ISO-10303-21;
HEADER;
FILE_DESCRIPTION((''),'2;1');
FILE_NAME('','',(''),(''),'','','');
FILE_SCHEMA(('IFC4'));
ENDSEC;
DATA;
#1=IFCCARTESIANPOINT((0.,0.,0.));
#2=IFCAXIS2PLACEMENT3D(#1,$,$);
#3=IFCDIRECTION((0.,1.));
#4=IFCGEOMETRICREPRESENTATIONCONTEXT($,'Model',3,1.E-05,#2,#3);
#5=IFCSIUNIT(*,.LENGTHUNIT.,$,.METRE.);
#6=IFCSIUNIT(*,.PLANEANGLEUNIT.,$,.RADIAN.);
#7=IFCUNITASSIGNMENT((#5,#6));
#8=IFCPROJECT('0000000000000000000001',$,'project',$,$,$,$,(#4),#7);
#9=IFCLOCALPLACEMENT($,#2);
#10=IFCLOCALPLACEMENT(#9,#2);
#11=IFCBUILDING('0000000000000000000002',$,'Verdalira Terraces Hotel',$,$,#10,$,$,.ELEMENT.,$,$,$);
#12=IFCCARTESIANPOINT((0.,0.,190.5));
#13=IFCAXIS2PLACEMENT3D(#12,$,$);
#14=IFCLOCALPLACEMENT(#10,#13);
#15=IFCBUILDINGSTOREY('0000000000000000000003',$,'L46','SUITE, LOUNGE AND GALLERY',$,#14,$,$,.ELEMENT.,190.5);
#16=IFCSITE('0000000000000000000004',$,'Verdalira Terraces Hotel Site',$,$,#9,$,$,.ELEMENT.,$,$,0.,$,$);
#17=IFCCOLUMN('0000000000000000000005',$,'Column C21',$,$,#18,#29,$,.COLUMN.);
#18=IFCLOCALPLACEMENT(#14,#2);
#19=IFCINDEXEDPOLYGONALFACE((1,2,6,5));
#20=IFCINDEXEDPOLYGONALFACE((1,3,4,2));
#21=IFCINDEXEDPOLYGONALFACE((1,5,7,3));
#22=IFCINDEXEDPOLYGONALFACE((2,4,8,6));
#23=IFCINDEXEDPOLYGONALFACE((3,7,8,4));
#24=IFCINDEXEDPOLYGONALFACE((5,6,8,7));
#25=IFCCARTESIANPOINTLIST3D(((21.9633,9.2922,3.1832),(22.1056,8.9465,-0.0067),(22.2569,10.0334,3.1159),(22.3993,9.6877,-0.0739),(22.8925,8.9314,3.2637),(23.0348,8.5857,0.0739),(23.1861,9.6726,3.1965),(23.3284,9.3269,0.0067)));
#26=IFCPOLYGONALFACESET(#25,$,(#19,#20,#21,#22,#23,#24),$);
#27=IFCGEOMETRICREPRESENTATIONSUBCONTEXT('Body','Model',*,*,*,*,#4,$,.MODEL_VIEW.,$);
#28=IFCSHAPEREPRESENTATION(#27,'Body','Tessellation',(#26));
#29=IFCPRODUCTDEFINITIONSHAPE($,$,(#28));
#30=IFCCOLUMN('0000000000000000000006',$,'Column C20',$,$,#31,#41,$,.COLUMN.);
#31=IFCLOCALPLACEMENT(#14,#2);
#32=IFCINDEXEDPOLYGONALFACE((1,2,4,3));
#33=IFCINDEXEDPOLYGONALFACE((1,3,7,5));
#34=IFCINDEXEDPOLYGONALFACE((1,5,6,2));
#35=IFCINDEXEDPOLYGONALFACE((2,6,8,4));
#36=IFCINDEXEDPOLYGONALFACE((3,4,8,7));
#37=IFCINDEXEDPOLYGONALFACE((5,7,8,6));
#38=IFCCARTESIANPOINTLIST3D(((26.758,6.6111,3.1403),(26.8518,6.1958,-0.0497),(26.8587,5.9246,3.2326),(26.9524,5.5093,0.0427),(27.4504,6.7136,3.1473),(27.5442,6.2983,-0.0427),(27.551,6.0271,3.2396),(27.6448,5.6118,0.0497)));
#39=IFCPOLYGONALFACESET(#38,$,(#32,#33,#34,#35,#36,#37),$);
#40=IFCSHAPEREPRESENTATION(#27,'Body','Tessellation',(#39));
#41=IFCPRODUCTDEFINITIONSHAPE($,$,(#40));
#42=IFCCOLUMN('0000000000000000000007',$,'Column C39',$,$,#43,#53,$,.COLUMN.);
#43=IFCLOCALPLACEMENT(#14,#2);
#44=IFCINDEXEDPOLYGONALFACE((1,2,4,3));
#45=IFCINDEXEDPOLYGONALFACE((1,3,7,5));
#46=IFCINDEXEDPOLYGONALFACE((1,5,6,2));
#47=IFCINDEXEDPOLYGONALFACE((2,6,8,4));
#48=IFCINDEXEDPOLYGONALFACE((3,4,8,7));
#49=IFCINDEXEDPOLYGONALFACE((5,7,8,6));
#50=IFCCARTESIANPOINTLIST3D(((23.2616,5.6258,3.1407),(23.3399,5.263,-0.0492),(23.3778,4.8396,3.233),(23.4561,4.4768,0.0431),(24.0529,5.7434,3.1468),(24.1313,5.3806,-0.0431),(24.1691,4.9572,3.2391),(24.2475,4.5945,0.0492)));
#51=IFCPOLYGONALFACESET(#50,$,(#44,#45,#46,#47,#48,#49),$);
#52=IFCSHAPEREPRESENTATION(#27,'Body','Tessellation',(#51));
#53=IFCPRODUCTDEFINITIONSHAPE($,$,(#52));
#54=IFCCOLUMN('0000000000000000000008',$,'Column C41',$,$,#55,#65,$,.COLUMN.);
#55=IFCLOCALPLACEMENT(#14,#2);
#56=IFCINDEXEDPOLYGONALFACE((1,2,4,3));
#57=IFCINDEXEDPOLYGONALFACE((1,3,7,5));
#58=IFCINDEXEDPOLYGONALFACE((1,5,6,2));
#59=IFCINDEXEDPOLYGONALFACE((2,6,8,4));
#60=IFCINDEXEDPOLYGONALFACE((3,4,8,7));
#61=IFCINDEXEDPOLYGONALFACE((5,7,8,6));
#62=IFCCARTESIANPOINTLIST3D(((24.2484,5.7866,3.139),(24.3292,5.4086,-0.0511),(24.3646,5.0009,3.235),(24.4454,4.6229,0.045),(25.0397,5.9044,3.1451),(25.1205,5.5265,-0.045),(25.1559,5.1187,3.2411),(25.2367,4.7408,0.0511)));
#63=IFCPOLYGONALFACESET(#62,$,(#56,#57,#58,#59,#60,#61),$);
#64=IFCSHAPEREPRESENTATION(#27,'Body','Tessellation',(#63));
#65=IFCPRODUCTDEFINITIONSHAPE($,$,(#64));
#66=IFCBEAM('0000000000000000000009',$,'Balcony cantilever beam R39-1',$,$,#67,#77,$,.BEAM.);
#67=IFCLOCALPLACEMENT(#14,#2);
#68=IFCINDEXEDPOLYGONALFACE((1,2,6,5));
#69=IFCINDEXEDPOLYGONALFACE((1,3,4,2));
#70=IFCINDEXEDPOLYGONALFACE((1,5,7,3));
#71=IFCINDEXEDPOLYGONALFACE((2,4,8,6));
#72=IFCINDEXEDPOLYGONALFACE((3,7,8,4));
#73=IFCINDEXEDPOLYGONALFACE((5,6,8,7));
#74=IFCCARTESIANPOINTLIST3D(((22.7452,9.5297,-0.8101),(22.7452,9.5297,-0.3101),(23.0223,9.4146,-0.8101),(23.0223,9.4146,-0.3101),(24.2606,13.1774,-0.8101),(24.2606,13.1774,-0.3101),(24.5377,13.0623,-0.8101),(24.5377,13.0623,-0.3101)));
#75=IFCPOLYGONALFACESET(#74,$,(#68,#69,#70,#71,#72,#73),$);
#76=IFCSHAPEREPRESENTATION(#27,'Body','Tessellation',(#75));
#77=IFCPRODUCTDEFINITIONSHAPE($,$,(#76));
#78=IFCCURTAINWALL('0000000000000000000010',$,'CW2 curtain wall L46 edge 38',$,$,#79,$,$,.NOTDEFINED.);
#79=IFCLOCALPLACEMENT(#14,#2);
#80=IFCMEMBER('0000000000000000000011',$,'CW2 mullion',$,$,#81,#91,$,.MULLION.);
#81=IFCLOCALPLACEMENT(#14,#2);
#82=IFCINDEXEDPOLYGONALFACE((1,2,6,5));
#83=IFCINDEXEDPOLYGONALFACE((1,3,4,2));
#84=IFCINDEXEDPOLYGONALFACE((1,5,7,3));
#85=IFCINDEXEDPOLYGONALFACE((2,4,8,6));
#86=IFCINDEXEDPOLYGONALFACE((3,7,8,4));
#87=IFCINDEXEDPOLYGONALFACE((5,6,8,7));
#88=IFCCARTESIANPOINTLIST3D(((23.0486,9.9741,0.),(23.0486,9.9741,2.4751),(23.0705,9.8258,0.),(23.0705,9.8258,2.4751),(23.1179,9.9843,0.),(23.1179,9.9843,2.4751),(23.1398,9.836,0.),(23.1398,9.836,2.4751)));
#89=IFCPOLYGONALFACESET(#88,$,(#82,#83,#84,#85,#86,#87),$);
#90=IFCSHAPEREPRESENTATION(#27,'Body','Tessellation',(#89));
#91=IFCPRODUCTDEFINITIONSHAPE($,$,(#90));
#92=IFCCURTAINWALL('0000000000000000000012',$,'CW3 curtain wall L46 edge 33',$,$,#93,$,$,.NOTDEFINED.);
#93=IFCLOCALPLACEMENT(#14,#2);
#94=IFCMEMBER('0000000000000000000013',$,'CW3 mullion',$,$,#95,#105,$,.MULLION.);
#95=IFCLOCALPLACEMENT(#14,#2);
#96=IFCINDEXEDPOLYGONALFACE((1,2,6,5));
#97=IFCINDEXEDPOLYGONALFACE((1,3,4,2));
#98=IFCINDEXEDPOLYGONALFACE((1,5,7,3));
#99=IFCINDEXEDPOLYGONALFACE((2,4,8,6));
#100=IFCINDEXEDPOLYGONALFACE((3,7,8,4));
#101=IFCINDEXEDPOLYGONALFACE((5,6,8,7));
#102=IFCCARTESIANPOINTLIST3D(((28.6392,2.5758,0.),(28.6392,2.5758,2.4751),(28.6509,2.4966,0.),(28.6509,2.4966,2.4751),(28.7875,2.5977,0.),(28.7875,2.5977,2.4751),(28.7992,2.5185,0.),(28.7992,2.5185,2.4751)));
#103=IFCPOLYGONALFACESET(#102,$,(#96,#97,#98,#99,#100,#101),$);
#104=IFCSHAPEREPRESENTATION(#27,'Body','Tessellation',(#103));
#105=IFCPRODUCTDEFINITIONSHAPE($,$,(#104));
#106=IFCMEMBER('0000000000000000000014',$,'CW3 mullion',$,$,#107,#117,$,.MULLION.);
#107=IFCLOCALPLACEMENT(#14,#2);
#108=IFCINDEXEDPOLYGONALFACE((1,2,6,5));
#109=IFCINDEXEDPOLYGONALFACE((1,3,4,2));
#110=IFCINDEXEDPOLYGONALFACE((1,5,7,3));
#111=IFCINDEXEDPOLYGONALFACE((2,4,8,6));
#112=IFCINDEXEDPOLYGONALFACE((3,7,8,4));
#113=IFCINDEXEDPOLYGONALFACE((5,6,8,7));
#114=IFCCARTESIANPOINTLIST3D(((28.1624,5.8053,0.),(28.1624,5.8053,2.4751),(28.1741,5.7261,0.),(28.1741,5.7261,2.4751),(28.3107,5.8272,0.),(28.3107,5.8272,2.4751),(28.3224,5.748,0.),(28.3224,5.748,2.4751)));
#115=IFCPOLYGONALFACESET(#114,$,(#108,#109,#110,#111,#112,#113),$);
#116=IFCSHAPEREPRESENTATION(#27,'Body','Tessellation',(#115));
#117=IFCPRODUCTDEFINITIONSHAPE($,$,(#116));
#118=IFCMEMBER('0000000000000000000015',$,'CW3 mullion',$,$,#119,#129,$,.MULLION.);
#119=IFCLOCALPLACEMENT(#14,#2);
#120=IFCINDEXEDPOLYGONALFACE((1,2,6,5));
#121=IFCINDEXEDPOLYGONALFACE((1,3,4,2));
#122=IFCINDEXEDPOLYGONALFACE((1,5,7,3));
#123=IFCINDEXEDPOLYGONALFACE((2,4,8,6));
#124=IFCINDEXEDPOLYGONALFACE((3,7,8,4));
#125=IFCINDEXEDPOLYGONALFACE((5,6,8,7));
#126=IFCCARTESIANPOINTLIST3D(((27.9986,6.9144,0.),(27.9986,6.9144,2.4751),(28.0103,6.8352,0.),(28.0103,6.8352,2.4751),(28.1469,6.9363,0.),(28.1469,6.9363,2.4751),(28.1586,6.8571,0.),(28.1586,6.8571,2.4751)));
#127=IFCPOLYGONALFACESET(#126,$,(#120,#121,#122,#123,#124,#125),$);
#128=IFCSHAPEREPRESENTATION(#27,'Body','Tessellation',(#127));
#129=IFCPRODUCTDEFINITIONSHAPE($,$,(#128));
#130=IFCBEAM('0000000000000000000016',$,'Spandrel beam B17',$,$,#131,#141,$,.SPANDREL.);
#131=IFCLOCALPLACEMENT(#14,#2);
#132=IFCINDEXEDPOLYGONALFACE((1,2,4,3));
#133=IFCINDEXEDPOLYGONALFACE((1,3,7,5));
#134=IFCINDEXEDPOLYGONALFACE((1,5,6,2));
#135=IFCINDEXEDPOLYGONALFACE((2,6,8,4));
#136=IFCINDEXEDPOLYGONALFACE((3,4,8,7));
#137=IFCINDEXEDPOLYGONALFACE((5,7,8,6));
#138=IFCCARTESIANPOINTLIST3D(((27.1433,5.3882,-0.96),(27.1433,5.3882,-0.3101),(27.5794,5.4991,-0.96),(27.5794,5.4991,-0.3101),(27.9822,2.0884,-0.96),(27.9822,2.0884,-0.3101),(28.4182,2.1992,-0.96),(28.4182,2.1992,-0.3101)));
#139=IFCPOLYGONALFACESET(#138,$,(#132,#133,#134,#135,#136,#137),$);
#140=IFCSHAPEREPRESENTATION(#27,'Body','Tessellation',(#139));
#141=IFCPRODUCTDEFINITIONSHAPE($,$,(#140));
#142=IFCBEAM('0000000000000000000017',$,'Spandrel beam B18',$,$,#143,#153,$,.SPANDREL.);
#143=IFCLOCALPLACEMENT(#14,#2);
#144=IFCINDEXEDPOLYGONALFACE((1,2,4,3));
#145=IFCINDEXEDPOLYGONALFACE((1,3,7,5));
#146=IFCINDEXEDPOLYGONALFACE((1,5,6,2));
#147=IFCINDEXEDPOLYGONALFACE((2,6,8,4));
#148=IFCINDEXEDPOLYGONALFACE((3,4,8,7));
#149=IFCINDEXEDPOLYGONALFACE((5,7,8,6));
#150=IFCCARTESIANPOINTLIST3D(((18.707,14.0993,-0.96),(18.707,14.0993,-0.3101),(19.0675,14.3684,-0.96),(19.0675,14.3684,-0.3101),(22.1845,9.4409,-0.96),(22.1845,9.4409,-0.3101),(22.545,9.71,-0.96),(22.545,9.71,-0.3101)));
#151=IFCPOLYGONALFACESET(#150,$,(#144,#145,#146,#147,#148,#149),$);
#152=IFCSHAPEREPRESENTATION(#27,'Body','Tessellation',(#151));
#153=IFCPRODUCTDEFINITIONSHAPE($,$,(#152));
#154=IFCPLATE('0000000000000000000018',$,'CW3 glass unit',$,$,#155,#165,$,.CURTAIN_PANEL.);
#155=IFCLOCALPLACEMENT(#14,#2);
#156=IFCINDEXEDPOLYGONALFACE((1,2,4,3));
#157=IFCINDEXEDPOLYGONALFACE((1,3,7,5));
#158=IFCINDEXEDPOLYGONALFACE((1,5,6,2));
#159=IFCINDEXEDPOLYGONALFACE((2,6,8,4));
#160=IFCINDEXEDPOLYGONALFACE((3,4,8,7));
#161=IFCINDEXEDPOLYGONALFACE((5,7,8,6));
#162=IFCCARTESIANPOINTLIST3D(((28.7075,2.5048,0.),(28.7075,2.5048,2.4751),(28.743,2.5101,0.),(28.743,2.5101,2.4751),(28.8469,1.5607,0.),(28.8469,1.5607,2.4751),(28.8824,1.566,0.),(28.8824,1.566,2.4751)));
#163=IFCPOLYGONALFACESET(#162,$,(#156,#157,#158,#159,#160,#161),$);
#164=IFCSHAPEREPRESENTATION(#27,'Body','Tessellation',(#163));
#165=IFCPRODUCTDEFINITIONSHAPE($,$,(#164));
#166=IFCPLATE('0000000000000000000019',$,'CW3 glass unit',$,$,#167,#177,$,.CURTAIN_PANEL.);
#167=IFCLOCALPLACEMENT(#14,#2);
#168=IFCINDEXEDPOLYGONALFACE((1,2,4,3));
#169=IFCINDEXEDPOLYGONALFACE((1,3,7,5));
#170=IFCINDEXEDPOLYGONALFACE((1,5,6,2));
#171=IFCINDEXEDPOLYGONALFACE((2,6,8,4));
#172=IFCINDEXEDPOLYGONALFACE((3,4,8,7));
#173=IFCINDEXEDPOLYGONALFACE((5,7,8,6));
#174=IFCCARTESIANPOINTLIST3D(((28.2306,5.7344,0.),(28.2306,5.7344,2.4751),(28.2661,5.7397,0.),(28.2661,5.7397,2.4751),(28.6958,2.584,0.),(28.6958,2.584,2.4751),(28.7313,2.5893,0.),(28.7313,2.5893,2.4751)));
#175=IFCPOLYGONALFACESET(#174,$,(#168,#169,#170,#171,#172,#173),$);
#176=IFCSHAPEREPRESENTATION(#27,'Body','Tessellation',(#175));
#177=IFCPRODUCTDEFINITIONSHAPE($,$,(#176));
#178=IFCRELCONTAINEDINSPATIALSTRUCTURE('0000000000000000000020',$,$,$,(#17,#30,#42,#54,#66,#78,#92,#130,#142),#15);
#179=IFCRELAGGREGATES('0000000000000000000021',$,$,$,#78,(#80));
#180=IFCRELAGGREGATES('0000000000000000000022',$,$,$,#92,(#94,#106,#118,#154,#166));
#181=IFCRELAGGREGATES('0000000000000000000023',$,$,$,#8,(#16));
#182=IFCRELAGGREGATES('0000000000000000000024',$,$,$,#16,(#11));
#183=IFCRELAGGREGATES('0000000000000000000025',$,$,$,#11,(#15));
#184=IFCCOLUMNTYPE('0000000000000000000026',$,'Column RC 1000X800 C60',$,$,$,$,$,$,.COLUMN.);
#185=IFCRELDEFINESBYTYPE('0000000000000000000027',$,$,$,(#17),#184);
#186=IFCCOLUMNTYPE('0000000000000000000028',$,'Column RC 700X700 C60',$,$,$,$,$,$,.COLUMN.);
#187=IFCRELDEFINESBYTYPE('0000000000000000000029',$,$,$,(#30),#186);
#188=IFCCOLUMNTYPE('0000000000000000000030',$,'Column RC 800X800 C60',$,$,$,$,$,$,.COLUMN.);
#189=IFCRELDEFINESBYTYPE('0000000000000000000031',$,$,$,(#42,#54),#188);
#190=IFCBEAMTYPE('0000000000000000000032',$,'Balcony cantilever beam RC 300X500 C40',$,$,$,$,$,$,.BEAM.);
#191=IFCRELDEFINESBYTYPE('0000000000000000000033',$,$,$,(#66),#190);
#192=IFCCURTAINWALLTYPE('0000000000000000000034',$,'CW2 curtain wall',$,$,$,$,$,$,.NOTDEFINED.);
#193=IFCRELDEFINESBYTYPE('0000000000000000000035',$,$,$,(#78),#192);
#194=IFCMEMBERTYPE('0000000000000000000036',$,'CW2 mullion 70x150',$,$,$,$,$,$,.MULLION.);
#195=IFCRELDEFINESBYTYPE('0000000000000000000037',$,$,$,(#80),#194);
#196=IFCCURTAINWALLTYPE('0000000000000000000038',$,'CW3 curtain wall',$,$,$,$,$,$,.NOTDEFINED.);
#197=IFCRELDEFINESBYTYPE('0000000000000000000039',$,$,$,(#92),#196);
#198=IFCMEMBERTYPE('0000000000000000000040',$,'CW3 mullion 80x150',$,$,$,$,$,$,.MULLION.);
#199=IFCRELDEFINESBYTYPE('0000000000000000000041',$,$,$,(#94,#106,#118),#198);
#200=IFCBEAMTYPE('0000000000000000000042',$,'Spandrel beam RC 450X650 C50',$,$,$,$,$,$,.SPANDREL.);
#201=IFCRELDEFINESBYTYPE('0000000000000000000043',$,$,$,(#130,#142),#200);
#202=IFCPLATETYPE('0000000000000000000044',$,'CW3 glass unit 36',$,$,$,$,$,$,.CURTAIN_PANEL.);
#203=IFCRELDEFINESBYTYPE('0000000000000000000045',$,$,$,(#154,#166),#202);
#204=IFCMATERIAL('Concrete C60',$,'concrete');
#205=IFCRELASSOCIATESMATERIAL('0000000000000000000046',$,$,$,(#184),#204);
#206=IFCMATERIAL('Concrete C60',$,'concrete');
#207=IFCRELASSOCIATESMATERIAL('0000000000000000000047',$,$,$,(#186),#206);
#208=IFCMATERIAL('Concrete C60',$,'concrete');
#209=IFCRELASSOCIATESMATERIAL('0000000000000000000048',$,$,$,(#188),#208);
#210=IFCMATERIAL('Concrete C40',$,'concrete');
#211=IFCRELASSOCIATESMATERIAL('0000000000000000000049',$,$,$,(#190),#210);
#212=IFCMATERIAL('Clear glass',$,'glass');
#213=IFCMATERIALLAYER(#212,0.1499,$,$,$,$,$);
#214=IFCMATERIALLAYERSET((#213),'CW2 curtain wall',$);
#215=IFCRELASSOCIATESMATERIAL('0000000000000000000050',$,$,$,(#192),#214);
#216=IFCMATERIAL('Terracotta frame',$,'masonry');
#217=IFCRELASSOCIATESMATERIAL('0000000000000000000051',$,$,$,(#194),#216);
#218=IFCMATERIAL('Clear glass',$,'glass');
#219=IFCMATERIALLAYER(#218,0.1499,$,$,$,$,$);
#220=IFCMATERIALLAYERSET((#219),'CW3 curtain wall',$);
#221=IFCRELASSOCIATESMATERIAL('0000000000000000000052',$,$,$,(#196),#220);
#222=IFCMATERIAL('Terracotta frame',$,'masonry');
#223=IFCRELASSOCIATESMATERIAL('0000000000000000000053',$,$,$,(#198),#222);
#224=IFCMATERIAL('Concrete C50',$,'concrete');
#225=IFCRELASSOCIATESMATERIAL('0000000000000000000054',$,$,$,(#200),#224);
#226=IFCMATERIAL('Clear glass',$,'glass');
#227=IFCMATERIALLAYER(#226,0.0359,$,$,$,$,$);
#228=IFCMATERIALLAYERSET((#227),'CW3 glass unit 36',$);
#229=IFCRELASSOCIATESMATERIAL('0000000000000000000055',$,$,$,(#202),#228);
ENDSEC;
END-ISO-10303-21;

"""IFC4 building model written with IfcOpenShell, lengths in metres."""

from ifc_helpers import new_model, si_unit, direction, frame, origin, origin_2d, place, context, subcontext, project, spatial, rectangle, extrude, material, layer, layer_set, material_profile, profile_set, type_object, element, aggregate, save


model = new_model("IFC4")

# Units and contexts
model_context = context("Model", 3, precision=1e-05, world=origin(), true_north=direction((0.0, 1.0)))
body_context = subcontext(model_context, "Body", "Model", "MODEL_VIEW")
ifc_project = project(units=[si_unit("LENGTHUNIT", "METRE"), si_unit("PLANEANGLEUNIT", "RADIAN")], contexts=[model_context])

# Site, building, storey
site_placement = place(None, origin())
site = spatial("IfcSite", under=ifc_project, at=site_placement, Name="Verdalira Terraces Hotel Site", CompositionType="ELEMENT", RefElevation=0.0)
building_placement = place(site_placement, origin())
building = spatial("IfcBuilding", under=site, at=building_placement, Name="Verdalira Terraces Hotel", CompositionType="ELEMENT")
storey_placement = place(building_placement, frame((0.0, 0.0, 190.5)))
storey = spatial("IfcBuildingStorey", under=building, at=storey_placement, Name="L46", Description="SUITE, LOUNGE AND GALLERY", CompositionType="ELEMENT", Elevation=190.5)

# Columns
ifc_material_1 = material(Name="Concrete C60", Category="concrete")
ifc_material_profile_1 = material_profile(ifc_material_1, rectangle(XDim=1.0, YDim=0.8, at=origin_2d()), Name="RC 1000X800")
ifc_profile_set_1 = profile_set([ifc_material_profile_1], Name="Concrete C60")
column_type_1 = type_object("IfcColumnType", Name="Column RC 1000X800 C60", PredefinedType="COLUMN", material=ifc_profile_set_1)
column_1_placement = place(storey_placement, frame((22.717, 9.1367, 0.0), z_axis=(-0.044316, 0.107636, 0.993202), x_axis=(0.929161, -0.36079, 0.080559)))
element("IfcColumn", 1, at=column_1_placement, inside=storey, type_object=column_type_1, Name="Column C21", PredefinedType="COLUMN", context=body_context, shape_type="SweptSolid", body=[
    extrude(rectangle(XDim=1.0, YDim=0.8, at=origin_2d()), origin(), (0.0, 0.0, 1.0), 3.2117),
])
ifc_material_2 = material(Name="Concrete C60", Category="concrete")
ifc_material_profile_2 = material_profile(ifc_material_2, rectangle(XDim=0.7, YDim=0.7, at=origin_2d()), Name="RC 700X700")
ifc_profile_set_2 = profile_set([ifc_material_profile_2], Name="Concrete C60")
column_type_2 = type_object("IfcColumnType", Name="Column RC 700X700 C60", PredefinedType="COLUMN", material=ifc_profile_set_2)
column_2_placement = place(storey_placement, frame((27.2483, 5.9038, 0.0), z_axis=(-0.029131, 0.129041, 0.991211), x_axis=(-0.143773, 0.98078, -0.131908)))
element("IfcColumn", 2, at=column_2_placement, inside=storey, type_object=column_type_2, Name="Column C20", PredefinedType="COLUMN", context=body_context, shape_type="SweptSolid", body=[
    extrude(rectangle(XDim=0.7, YDim=0.7, at=origin_2d()), origin(), (0.0, 0.0, 1.0), 3.2183),
])
ifc_material_3 = material(Name="Concrete C60", Category="concrete")
ifc_material_profile_3 = material_profile(ifc_material_3, rectangle(XDim=0.8, YDim=0.8, at=origin_2d()), Name="RC 800X800")
ifc_profile_set_3 = profile_set([ifc_material_profile_3], Name="Concrete C60")
column_type_3 = type_object("IfcColumnType", Name="Column RC 800X800 C60", PredefinedType="COLUMN", material=ifc_profile_set_3)
column_3_placement = place(storey_placement, frame((23.7937, 4.9287, 0.0), z_axis=(-0.024403, 0.112968, 0.993299), x_axis=(0.989098, 0.147062, 0.007574)))
element("IfcColumn", 3, at=column_3_placement, inside=storey, type_object=column_type_3, Name="Column C39", PredefinedType="COLUMN", context=body_context, shape_type="SweptSolid", body=[
    extrude(rectangle(XDim=0.8, YDim=0.8, at=origin_2d()), origin(), (0.0, 0.0, 1.0), 3.2114),
])
column_4_placement = place(storey_placement, frame((24.783, 5.0747, 0.0), z_axis=(-0.025149, 0.117615, 0.992741), x_axis=(0.989065, 0.147281, 0.007607)))
element("IfcColumn", 4, at=column_4_placement, inside=storey, type_object=column_type_3, Name="Column C41", PredefinedType="COLUMN", context=body_context, shape_type="SweptSolid", body=[
    extrude(rectangle(XDim=0.8, YDim=0.8, at=origin_2d()), origin(), (0.0, 0.0, 1.0), 3.2134),
])

# Beam
ifc_material_4 = material(Name="Concrete C40", Category="concrete")
ifc_material_profile_4 = material_profile(ifc_material_4, rectangle(XDim=0.3, YDim=0.5, at=origin_2d()), Name="RC 300X500")
ifc_profile_set_4 = profile_set([ifc_material_profile_4], Name="Concrete C40")
beam_type_1 = type_object("IfcBeamType", Name="Balcony cantilever beam RC 300X500 C40", PredefinedType="BEAM", material=ifc_profile_set_4)
beam_1_placement = place(storey_placement, frame((22.8838, 9.4722, -0.5601), z_axis=(0.383645, 0.923481, 0.0), x_axis=(-0.923481, 0.383645, 0.0)))
element("IfcBeam", 5, at=beam_1_placement, inside=storey, type_object=beam_type_1, Name="Balcony cantilever beam R39-1", PredefinedType="BEAM", context=body_context, shape_type="SweptSolid", body=[
    extrude(rectangle(XDim=0.3, YDim=0.5, at=origin_2d()), origin(), (0.0, 0.0, 1.0), 3.95),
])

# Curtain wall, member
ifc_material_5 = material(Name="Clear glass", Category="glass")
ifc_layer_1 = layer(ifc_material_5, 0.1499)
ifc_layer_set_1 = layer_set([ifc_layer_1], Name="CW2 curtain wall")
curtain_wall_type_1 = type_object("IfcCurtainWallType", Name="CW2 curtain wall", PredefinedType="NOTDEFINED", material=ifc_layer_set_1)
curtain_wall_1_placement = place(storey_placement, origin())
curtain_wall_1 = element("IfcCurtainWall", 6, at=curtain_wall_1_placement, inside=storey, type_object=curtain_wall_type_1, Name="CW2 curtain wall L46 edge 38", PredefinedType="NOTDEFINED")
ifc_material_6 = material(Name="Terracotta frame", Category="masonry")
ifc_material_profile_5 = material_profile(ifc_material_6, rectangle(XDim=0.0701, YDim=0.1499, at=origin_2d()), Name="MU 70x150")
ifc_profile_set_5 = profile_set([ifc_material_profile_5], Name="Terracotta frame")
member_type_1 = type_object("IfcMemberType", Name="CW2 mullion 70x150", PredefinedType="MULLION", material=ifc_profile_set_5)
member_1_placement = place(storey_placement, frame((23.0942, 9.905, 0.0), z_axis=(0.0, 0.0, 1.0), x_axis=(-0.989272, -0.146083, 0.0)))
member_1 = element("IfcMember", 7, at=member_1_placement, type_object=member_type_1, Name="CW2 mullion", PredefinedType="MULLION", context=body_context, shape_type="SweptSolid", body=[
    extrude(rectangle(XDim=0.0701, YDim=0.1499, at=origin_2d()), origin(), (0.0, 0.0, 1.0), 2.4751),
])
aggregate(curtain_wall_1, [member_1])

# Curtain wall, members
ifc_material_7 = material(Name="Clear glass", Category="glass")
ifc_layer_2 = layer(ifc_material_7, 0.1499)
ifc_layer_set_2 = layer_set([ifc_layer_2], Name="CW3 curtain wall")
curtain_wall_type_2 = type_object("IfcCurtainWallType", Name="CW3 curtain wall", PredefinedType="NOTDEFINED", material=ifc_layer_set_2)
curtain_wall_2_placement = place(storey_placement, origin())
curtain_wall_2 = element("IfcCurtainWall", 8, at=curtain_wall_2_placement, inside=storey, type_object=curtain_wall_type_2, Name="CW3 curtain wall L46 edge 33", PredefinedType="NOTDEFINED")
ifc_material_8 = material(Name="Terracotta frame", Category="masonry")
ifc_material_profile_6 = material_profile(ifc_material_8, rectangle(XDim=0.0801, YDim=0.1499, at=origin_2d()), Name="MU 80x150")
ifc_profile_set_6 = profile_set([ifc_material_profile_6], Name="Terracotta frame")
member_type_2 = type_object("IfcMemberType", Name="CW3 mullion 80x150", PredefinedType="MULLION", material=ifc_profile_set_6)
member_2_placement = place(storey_placement, frame((28.7192, 2.5471, 0.0), z_axis=(0.0, 0.0, 1.0), x_axis=(-0.146083, 0.989272, 0.0)))
member_2 = element("IfcMember", 9, at=member_2_placement, type_object=member_type_2, Name="CW3 mullion", PredefinedType="MULLION", context=body_context, shape_type="SweptSolid", body=[
    extrude(rectangle(XDim=0.0801, YDim=0.1499, at=origin_2d()), origin(), (0.0, 0.0, 1.0), 2.4751),
])
member_3_placement = place(storey_placement, frame((28.2424, 5.7766, 0.0), z_axis=(0.0, 0.0, 1.0), x_axis=(-0.146083, 0.989272, 0.0)))
member_3 = element("IfcMember", 10, at=member_3_placement, type_object=member_type_2, Name="CW3 mullion", PredefinedType="MULLION", context=body_context, shape_type="SweptSolid", body=[
    extrude(rectangle(XDim=0.0801, YDim=0.1499, at=origin_2d()), origin(), (0.0, 0.0, 1.0), 2.4751),
])
member_4_placement = place(storey_placement, frame((28.0786, 6.8857, 0.0), z_axis=(0.0, 0.0, 1.0), x_axis=(-0.146083, 0.989272, 0.0)))
member_4 = element("IfcMember", 11, at=member_4_placement, type_object=member_type_2, Name="CW3 mullion", PredefinedType="MULLION", context=body_context, shape_type="SweptSolid", body=[
    extrude(rectangle(XDim=0.0801, YDim=0.1499, at=origin_2d()), origin(), (0.0, 0.0, 1.0), 2.4751),
])

# Beams
ifc_material_9 = material(Name="Concrete C50", Category="concrete")
ifc_material_profile_7 = material_profile(ifc_material_9, rectangle(XDim=0.45, YDim=0.6499, at=origin_2d()), Name="RC 450X650")
ifc_profile_set_7 = profile_set([ifc_material_profile_7], Name="Concrete C50")
beam_type_2 = type_object("IfcBeamType", Name="Spandrel beam RC 450X650 C50", PredefinedType="SPANDREL", material=ifc_profile_set_7)
beam_2_placement = place(storey_placement, frame((28.2002, 2.1438, -0.635), z_axis=(-0.246381, 0.969173, 0.0), x_axis=(-0.969173, -0.246381, 0.0)))
element("IfcBeam", 12, at=beam_2_placement, inside=storey, type_object=beam_type_2, Name="Spandrel beam B17", PredefinedType="SPANDREL", context=body_context, shape_type="SweptSolid", body=[
    extrude(rectangle(XDim=0.45, YDim=0.6499, at=origin_2d()), origin(), (0.0, 0.0, 1.0), 3.4048),
])
beam_3_placement = place(storey_placement, frame((22.3647, 9.5754, -0.635), z_axis=(-0.598204, 0.801344, 0.0), x_axis=(-0.801344, -0.598204, 0.0)))
element("IfcBeam", 13, at=beam_3_placement, inside=storey, type_object=beam_type_2, Name="Spandrel beam B18", PredefinedType="SPANDREL", context=body_context, shape_type="SweptSolid", body=[
    extrude(rectangle(XDim=0.45, YDim=0.6499, at=origin_2d()), origin(), (0.0, 0.0, 1.0), 5.8132),
])

# Plates
ifc_material_10 = material(Name="Clear glass", Category="glass")
ifc_layer_3 = layer(ifc_material_10, 0.0359)
ifc_layer_set_3 = layer_set([ifc_layer_3], Name="CW3 glass unit 36")
plate_type = type_object("IfcPlateType", Name="CW3 glass unit 36", PredefinedType="CURTAIN_PANEL", material=ifc_layer_set_3)
plate_1_placement = place(storey_placement, frame((28.7949, 2.0354, 0.0), z_axis=(0.0, 0.0, 1.0), x_axis=(-0.146083, 0.989272, 0.0)))
plate_1 = element("IfcPlate", 14, at=plate_1_placement, type_object=plate_type, Name="CW3 glass unit", PredefinedType="CURTAIN_PANEL", context=body_context, shape_type="SweptSolid", body=[
    extrude(rectangle(XDim=0.9543, YDim=0.0359, at=origin_2d()), origin(), (0.0, 0.0, 1.0), 2.4751),
])
plate_2_placement = place(storey_placement, frame((28.481, 4.1619, 0.0), z_axis=(0.0, 0.0, 1.0), x_axis=(-0.146083, 0.989272, 0.0)))
plate_2 = element("IfcPlate", 15, at=plate_2_placement, type_object=plate_type, Name="CW3 glass unit", PredefinedType="CURTAIN_PANEL", context=body_context, shape_type="SweptSolid", body=[
    extrude(rectangle(XDim=3.1846, YDim=0.0359, at=origin_2d()), origin(), (0.0, 0.0, 1.0), 2.4751),
])
aggregate(curtain_wall_2, [member_2, member_3, member_4, plate_1, plate_2])

save(model, "model.ifc")
